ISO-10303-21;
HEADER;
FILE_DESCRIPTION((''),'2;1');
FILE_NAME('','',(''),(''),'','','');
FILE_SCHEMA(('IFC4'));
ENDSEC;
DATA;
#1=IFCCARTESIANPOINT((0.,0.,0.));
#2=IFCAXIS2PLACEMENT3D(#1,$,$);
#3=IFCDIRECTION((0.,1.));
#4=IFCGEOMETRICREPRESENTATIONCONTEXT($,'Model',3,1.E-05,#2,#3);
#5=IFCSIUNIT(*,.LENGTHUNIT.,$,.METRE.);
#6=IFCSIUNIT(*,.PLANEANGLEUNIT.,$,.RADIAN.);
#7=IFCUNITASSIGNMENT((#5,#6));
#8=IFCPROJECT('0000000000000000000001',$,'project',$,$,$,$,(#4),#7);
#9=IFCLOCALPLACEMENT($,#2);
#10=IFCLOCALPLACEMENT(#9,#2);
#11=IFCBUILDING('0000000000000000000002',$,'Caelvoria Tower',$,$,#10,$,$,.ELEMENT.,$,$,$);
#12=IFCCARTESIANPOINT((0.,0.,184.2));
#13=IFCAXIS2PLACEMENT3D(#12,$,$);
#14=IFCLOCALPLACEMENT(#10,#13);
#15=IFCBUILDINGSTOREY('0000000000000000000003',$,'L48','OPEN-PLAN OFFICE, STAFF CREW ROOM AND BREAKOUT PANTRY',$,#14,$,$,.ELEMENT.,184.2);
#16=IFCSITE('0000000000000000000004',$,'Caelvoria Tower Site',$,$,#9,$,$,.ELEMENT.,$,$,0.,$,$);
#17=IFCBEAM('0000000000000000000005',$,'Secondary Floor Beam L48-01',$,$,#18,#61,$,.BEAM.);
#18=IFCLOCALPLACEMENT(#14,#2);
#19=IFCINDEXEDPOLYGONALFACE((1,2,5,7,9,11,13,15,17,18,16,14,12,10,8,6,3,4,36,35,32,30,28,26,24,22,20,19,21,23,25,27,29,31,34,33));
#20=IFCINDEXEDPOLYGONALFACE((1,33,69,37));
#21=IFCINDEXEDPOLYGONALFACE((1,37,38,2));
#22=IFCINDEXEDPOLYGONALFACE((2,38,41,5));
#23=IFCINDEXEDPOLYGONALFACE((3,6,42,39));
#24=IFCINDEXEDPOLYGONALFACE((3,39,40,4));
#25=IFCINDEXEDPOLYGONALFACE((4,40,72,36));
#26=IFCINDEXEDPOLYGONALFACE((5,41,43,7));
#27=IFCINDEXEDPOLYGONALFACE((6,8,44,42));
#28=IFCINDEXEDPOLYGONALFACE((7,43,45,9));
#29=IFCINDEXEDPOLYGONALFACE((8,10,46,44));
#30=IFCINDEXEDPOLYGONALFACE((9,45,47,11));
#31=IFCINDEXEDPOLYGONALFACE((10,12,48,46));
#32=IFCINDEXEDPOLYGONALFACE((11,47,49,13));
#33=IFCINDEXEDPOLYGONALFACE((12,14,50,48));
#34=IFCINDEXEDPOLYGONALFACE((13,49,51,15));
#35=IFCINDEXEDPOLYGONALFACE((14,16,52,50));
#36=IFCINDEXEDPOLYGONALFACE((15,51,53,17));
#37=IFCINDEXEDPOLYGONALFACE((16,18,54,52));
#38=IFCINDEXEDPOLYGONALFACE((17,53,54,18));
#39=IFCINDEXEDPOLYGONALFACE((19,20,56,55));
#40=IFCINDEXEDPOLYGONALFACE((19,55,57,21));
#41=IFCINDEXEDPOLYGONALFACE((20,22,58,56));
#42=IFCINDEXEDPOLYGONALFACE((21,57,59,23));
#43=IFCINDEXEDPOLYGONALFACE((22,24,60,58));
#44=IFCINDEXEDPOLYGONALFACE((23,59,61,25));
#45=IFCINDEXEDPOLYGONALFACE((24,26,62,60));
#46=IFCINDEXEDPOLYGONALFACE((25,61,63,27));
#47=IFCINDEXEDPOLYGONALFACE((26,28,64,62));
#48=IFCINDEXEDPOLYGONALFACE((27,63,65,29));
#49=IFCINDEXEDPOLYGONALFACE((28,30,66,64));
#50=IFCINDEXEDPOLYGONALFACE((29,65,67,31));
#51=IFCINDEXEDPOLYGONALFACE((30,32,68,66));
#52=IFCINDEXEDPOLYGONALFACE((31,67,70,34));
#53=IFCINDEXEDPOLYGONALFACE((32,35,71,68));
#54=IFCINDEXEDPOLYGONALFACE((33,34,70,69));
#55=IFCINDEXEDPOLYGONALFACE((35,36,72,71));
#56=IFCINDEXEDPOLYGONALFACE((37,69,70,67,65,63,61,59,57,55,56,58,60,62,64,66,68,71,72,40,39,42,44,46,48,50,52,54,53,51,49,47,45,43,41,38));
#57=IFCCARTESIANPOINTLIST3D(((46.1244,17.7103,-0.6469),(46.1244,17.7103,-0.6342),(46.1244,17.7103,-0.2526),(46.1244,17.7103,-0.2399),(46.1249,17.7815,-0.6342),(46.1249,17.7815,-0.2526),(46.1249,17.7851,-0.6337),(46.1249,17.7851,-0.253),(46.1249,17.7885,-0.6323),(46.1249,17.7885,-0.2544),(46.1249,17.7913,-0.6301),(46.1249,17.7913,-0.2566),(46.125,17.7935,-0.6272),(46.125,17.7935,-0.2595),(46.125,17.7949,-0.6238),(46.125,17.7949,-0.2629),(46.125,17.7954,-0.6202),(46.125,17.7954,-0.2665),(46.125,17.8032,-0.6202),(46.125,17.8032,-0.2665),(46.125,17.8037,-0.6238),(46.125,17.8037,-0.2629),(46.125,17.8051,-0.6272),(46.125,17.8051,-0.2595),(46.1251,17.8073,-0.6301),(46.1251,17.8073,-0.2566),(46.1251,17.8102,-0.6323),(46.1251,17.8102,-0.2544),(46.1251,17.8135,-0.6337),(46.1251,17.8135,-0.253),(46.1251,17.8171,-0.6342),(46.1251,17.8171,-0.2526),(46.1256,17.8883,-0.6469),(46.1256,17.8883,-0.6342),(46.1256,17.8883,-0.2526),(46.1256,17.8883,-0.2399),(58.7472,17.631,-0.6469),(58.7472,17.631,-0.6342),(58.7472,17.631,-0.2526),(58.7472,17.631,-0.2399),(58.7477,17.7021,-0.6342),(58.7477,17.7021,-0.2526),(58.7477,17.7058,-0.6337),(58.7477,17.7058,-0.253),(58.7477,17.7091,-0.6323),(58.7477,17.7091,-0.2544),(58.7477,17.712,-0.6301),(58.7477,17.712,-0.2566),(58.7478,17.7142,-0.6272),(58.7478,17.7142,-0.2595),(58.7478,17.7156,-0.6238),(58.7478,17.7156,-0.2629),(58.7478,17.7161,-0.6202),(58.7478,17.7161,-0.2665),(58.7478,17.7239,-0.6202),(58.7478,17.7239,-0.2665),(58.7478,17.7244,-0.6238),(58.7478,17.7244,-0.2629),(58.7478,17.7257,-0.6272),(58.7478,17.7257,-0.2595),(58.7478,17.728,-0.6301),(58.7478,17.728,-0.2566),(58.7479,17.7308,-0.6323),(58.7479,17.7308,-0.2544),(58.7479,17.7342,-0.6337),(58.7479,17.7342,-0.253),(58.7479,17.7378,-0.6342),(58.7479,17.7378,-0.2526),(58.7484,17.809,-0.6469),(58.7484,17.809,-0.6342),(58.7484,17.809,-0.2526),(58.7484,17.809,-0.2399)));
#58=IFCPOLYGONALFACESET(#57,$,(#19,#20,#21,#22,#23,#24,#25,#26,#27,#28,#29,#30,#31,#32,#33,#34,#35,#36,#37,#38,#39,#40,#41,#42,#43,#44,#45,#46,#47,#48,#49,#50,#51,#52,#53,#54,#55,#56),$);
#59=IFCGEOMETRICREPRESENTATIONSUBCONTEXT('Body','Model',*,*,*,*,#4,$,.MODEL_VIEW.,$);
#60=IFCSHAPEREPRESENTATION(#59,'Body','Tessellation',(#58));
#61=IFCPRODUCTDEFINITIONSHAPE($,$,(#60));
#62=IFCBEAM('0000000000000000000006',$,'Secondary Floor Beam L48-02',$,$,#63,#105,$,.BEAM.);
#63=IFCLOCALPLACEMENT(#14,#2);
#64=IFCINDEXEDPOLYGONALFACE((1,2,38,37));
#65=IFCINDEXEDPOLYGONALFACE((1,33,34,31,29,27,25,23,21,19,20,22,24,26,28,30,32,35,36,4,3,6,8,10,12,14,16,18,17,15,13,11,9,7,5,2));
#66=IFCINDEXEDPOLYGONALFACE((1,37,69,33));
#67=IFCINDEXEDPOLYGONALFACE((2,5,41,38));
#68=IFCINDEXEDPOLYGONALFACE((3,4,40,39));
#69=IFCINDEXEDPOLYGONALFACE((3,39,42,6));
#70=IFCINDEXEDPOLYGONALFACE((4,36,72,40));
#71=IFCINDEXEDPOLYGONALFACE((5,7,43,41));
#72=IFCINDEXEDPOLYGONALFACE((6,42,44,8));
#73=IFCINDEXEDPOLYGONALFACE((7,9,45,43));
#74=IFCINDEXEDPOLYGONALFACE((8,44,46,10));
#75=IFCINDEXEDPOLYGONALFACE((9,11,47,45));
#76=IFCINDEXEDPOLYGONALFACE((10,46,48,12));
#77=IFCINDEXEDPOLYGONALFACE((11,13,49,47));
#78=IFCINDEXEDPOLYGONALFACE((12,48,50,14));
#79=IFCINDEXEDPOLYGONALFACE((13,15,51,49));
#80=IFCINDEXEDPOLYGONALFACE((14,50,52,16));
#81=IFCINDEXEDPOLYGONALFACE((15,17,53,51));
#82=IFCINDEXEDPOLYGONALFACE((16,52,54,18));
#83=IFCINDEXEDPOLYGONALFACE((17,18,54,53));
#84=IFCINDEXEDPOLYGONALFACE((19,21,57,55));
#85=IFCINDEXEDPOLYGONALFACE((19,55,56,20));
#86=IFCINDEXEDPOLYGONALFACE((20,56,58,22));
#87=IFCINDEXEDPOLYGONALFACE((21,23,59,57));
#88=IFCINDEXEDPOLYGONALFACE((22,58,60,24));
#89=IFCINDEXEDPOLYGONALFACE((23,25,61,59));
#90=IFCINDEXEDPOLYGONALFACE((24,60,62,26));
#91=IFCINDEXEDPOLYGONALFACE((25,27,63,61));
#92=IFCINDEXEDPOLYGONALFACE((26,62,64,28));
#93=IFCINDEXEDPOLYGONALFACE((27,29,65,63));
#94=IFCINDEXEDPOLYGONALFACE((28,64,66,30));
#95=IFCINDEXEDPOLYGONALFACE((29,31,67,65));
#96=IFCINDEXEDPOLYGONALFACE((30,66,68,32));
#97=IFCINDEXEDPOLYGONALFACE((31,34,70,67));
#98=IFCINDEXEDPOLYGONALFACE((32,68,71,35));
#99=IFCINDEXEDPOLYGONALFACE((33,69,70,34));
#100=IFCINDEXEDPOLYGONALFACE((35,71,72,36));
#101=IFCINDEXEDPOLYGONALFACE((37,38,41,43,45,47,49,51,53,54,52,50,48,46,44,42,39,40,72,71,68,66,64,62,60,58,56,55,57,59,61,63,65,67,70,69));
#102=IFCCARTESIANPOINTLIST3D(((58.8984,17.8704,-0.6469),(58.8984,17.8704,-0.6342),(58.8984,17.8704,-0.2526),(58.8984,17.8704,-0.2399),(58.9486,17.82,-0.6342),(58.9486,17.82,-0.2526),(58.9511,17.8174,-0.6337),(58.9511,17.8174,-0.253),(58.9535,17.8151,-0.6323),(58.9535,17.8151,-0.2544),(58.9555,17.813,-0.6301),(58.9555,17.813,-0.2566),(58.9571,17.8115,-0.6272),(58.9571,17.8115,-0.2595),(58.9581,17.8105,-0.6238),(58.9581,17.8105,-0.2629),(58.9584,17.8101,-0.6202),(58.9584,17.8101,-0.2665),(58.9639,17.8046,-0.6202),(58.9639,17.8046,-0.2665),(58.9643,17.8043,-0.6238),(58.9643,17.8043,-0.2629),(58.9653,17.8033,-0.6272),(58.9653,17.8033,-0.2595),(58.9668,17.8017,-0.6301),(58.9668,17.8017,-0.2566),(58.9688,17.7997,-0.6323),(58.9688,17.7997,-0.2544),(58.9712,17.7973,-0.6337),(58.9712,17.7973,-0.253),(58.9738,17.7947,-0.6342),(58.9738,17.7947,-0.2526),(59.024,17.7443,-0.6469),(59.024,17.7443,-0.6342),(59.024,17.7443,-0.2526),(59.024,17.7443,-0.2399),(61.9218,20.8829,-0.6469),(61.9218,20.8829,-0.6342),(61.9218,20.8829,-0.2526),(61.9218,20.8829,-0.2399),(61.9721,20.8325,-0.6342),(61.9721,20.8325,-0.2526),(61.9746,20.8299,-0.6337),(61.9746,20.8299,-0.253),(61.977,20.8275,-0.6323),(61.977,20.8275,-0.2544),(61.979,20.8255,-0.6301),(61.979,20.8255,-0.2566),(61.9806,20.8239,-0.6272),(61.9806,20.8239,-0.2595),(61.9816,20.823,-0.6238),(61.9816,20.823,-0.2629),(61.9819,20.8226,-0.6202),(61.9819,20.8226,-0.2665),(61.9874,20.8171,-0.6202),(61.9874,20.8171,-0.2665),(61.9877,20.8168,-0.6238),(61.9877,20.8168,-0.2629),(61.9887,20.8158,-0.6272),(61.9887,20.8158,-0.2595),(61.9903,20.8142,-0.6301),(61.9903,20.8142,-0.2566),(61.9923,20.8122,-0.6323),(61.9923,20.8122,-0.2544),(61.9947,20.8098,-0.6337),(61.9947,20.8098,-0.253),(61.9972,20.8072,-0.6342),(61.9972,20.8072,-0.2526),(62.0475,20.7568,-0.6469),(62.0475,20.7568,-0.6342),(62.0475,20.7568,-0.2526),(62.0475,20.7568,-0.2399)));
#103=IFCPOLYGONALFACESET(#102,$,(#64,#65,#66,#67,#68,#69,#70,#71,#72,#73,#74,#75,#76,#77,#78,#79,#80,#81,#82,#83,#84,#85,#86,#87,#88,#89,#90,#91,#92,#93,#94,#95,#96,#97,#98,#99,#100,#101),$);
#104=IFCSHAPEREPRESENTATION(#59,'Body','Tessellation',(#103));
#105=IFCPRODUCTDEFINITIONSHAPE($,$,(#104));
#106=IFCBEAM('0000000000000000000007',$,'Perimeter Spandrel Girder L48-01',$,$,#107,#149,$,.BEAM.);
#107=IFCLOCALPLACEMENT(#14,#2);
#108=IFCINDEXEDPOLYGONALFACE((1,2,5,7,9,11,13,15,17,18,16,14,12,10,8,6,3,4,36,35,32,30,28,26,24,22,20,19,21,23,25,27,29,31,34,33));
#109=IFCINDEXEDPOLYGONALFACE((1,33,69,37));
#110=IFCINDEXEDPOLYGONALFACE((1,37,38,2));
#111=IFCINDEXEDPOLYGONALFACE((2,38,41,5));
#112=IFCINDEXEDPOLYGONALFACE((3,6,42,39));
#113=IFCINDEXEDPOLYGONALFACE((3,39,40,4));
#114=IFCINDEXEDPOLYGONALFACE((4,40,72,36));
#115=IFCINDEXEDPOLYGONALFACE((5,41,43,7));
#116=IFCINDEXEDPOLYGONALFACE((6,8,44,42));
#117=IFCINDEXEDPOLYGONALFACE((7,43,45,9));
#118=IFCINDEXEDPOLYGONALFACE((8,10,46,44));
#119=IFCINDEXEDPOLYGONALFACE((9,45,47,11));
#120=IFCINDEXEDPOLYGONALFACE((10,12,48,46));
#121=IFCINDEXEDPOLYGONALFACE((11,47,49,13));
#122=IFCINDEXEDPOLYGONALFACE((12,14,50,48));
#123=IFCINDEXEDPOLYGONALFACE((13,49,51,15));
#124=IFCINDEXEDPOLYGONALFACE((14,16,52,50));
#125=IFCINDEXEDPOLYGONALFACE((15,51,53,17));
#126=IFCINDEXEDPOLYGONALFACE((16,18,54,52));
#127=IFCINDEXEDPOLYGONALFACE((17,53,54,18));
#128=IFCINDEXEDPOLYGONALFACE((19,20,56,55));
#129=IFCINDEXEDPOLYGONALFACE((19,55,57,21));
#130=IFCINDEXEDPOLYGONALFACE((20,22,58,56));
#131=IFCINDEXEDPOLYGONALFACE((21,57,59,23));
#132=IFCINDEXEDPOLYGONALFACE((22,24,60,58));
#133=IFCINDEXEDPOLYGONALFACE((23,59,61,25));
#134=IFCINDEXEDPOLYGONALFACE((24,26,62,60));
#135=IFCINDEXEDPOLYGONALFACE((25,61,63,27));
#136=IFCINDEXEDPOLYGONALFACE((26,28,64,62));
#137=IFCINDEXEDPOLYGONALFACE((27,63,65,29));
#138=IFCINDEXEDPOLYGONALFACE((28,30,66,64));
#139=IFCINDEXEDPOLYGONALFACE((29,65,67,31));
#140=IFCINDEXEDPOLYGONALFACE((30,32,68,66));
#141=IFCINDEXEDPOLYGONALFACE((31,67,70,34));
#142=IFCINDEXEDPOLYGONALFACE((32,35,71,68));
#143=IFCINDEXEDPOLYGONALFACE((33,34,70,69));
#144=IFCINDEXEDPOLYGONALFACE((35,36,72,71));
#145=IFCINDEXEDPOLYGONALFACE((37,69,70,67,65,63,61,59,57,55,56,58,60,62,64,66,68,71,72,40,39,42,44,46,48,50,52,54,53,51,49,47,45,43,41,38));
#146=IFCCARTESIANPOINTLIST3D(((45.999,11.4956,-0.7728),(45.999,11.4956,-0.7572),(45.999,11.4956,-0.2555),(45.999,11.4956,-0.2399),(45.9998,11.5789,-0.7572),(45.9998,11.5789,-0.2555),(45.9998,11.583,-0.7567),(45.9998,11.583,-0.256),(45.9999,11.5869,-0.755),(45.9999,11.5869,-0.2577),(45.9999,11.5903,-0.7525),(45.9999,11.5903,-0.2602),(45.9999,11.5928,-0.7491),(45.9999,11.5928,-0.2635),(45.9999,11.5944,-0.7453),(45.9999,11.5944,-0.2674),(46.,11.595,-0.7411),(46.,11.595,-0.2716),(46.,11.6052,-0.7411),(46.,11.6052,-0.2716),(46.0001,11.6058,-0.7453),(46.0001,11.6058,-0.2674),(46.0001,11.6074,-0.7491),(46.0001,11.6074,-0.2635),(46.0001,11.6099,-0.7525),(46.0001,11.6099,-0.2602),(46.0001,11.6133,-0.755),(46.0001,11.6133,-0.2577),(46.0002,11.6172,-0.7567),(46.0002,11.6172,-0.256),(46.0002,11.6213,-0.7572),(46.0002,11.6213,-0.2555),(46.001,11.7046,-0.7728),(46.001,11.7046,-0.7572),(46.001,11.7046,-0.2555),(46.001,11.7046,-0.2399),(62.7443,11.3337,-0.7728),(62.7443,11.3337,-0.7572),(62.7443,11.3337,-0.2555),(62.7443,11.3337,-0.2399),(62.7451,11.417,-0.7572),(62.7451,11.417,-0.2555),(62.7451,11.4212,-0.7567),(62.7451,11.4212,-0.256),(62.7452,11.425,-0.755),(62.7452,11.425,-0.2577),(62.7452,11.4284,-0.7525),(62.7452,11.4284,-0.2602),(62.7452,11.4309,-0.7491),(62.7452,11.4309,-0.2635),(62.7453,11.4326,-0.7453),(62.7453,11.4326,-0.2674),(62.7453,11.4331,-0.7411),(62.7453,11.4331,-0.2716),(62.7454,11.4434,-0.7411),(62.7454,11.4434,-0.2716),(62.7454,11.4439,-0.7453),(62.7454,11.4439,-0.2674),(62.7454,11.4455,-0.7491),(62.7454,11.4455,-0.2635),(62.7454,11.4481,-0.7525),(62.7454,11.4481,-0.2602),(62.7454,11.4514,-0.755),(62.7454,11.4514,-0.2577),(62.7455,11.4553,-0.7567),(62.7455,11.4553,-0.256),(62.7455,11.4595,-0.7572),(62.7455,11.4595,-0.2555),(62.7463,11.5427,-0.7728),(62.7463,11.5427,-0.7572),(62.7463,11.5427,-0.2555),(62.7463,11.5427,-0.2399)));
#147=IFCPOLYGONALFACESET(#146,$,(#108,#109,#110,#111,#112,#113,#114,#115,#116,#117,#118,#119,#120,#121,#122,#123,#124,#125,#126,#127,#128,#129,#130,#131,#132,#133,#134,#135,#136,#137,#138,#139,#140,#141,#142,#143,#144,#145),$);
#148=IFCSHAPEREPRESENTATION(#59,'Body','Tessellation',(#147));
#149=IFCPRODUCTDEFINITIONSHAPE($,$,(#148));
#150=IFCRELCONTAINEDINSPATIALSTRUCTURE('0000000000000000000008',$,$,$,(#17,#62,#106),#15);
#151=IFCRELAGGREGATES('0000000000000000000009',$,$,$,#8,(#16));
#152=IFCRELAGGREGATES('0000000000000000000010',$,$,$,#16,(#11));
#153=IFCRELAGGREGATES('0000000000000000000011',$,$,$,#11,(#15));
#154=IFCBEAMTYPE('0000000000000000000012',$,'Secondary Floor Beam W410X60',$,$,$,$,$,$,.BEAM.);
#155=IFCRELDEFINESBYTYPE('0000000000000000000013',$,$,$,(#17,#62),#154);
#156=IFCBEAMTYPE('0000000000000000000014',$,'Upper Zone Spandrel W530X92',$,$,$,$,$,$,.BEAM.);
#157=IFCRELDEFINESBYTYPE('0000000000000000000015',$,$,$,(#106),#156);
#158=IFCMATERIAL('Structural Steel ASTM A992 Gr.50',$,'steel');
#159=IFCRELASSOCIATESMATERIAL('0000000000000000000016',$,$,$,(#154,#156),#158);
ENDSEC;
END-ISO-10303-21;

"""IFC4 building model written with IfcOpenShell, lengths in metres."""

from ifc_helpers import new_model, si_unit, direction, frame, origin, origin_2d, place, context, subcontext, project, spatial, i_section, extrude, material, material_profile, profile_set, type_object, element, save


model = new_model("IFC4")

# Units and contexts
model_context = context("Model", 3, precision=1e-05, world=origin(), true_north=direction((0.0, 1.0)))
body_context = subcontext(model_context, "Body", "Model", "MODEL_VIEW")
ifc_project = project(units=[si_unit("LENGTHUNIT", "METRE"), si_unit("PLANEANGLEUNIT", "RADIAN")], contexts=[model_context])

# Site, building, storey
site_placement = place(None, origin())
site = spatial("IfcSite", under=ifc_project, at=site_placement, Name="Caelvoria Tower Site", CompositionType="ELEMENT", RefElevation=0.0)
building_placement = place(site_placement, origin())
building = spatial("IfcBuilding", under=site, at=building_placement, Name="Caelvoria Tower", CompositionType="ELEMENT")
storey_placement = place(building_placement, frame((0.0, 0.0, 184.2)))
storey = spatial("IfcBuildingStorey", under=building, at=storey_placement, Name="L48", Description="OPEN-PLAN OFFICE, STAFF CREW ROOM AND BREAKOUT PANTRY", CompositionType="ELEMENT", Elevation=184.2)

# Beams
ifc_material_1 = material(Name="Structural Steel ASTM A992 Gr.50", Category="steel")
ifc_material_profile_1 = material_profile(ifc_material_1, i_section(OverallWidth=0.178, OverallDepth=0.407, WebThickness=0.0078, FlangeThickness=0.0127, FilletRadius=0.0139, at=origin_2d()), Name="Structural Steel ASTM A992 Gr.50")
ifc_profile_set_1 = profile_set([ifc_material_profile_1], Name="W410X60 - Structural Steel ASTM A992 Gr.50")
beam_type_1 = type_object("IfcBeamType", Name="Secondary Floor Beam W410X60", PredefinedType="BEAM", material=ifc_profile_set_1)
beam_1_placement = place(storey_placement, frame((46.125, 17.7993, -0.4434), z_axis=(0.99998, -0.006286, 0.0), x_axis=(0.006286, 0.99998, 0.0)))
element("IfcBeam", 1, at=beam_1_placement, inside=storey, type_object=beam_type_1, Name="Secondary Floor Beam L48-01", PredefinedType="BEAM", context=body_context, shape_type="SweptSolid", body=[
    extrude(i_section(OverallWidth=0.178, OverallDepth=0.407, WebThickness=0.0078, FlangeThickness=0.0127, FilletRadius=0.0139, at=origin_2d()), origin(), (0.0, 0.0, 1.0), 12.623),
])
beam_2_placement = place(storey_placement, frame((58.9612, 17.8074, -0.4434), z_axis=(0.708393, 0.705819, 0.0), x_axis=(-0.705819, 0.708393, 0.0)))
element("IfcBeam", 2, at=beam_2_placement, inside=storey, type_object=beam_type_1, Name="Secondary Floor Beam L48-02", PredefinedType="BEAM", context=body_context, shape_type="SweptSolid", body=[
    extrude(i_section(OverallWidth=0.178, OverallDepth=0.407, WebThickness=0.0078, FlangeThickness=0.0127, FilletRadius=0.0139, at=origin_2d()), origin(), (0.0, 0.0, 1.0), 4.2681),
])
ifc_material_profile_2 = material_profile(ifc_material_1, i_section(OverallWidth=0.209, OverallDepth=0.533, WebThickness=0.0103, FlangeThickness=0.0156, FilletRadius=0.0161, at=origin_2d()), Name="Structural Steel ASTM A992 Gr.50")
ifc_profile_set_2 = profile_set([ifc_material_profile_2], Name="W530X92 - Structural Steel ASTM A992 Gr.50")
beam_type_2 = type_object("IfcBeamType", Name="Upper Zone Spandrel W530X92", PredefinedType="BEAM", material=ifc_profile_set_2)
beam_3_placement = place(storey_placement, frame((46.0, 11.6001, -0.5063), z_axis=(0.999953, -0.009666, 0.0), x_axis=(0.009666, 0.999953, 0.0)))
element("IfcBeam", 3, at=beam_3_placement, inside=storey, type_object=beam_type_2, Name="Perimeter Spandrel Girder L48-01", PredefinedType="BEAM", context=body_context, shape_type="SweptSolid", body=[
    extrude(i_section(OverallWidth=0.209, OverallDepth=0.533, WebThickness=0.0103, FlangeThickness=0.0156, FilletRadius=0.0161, at=origin_2d()), origin(), (0.0, 0.0, 1.0), 16.7461),
])

save(model, "model.ifc")
